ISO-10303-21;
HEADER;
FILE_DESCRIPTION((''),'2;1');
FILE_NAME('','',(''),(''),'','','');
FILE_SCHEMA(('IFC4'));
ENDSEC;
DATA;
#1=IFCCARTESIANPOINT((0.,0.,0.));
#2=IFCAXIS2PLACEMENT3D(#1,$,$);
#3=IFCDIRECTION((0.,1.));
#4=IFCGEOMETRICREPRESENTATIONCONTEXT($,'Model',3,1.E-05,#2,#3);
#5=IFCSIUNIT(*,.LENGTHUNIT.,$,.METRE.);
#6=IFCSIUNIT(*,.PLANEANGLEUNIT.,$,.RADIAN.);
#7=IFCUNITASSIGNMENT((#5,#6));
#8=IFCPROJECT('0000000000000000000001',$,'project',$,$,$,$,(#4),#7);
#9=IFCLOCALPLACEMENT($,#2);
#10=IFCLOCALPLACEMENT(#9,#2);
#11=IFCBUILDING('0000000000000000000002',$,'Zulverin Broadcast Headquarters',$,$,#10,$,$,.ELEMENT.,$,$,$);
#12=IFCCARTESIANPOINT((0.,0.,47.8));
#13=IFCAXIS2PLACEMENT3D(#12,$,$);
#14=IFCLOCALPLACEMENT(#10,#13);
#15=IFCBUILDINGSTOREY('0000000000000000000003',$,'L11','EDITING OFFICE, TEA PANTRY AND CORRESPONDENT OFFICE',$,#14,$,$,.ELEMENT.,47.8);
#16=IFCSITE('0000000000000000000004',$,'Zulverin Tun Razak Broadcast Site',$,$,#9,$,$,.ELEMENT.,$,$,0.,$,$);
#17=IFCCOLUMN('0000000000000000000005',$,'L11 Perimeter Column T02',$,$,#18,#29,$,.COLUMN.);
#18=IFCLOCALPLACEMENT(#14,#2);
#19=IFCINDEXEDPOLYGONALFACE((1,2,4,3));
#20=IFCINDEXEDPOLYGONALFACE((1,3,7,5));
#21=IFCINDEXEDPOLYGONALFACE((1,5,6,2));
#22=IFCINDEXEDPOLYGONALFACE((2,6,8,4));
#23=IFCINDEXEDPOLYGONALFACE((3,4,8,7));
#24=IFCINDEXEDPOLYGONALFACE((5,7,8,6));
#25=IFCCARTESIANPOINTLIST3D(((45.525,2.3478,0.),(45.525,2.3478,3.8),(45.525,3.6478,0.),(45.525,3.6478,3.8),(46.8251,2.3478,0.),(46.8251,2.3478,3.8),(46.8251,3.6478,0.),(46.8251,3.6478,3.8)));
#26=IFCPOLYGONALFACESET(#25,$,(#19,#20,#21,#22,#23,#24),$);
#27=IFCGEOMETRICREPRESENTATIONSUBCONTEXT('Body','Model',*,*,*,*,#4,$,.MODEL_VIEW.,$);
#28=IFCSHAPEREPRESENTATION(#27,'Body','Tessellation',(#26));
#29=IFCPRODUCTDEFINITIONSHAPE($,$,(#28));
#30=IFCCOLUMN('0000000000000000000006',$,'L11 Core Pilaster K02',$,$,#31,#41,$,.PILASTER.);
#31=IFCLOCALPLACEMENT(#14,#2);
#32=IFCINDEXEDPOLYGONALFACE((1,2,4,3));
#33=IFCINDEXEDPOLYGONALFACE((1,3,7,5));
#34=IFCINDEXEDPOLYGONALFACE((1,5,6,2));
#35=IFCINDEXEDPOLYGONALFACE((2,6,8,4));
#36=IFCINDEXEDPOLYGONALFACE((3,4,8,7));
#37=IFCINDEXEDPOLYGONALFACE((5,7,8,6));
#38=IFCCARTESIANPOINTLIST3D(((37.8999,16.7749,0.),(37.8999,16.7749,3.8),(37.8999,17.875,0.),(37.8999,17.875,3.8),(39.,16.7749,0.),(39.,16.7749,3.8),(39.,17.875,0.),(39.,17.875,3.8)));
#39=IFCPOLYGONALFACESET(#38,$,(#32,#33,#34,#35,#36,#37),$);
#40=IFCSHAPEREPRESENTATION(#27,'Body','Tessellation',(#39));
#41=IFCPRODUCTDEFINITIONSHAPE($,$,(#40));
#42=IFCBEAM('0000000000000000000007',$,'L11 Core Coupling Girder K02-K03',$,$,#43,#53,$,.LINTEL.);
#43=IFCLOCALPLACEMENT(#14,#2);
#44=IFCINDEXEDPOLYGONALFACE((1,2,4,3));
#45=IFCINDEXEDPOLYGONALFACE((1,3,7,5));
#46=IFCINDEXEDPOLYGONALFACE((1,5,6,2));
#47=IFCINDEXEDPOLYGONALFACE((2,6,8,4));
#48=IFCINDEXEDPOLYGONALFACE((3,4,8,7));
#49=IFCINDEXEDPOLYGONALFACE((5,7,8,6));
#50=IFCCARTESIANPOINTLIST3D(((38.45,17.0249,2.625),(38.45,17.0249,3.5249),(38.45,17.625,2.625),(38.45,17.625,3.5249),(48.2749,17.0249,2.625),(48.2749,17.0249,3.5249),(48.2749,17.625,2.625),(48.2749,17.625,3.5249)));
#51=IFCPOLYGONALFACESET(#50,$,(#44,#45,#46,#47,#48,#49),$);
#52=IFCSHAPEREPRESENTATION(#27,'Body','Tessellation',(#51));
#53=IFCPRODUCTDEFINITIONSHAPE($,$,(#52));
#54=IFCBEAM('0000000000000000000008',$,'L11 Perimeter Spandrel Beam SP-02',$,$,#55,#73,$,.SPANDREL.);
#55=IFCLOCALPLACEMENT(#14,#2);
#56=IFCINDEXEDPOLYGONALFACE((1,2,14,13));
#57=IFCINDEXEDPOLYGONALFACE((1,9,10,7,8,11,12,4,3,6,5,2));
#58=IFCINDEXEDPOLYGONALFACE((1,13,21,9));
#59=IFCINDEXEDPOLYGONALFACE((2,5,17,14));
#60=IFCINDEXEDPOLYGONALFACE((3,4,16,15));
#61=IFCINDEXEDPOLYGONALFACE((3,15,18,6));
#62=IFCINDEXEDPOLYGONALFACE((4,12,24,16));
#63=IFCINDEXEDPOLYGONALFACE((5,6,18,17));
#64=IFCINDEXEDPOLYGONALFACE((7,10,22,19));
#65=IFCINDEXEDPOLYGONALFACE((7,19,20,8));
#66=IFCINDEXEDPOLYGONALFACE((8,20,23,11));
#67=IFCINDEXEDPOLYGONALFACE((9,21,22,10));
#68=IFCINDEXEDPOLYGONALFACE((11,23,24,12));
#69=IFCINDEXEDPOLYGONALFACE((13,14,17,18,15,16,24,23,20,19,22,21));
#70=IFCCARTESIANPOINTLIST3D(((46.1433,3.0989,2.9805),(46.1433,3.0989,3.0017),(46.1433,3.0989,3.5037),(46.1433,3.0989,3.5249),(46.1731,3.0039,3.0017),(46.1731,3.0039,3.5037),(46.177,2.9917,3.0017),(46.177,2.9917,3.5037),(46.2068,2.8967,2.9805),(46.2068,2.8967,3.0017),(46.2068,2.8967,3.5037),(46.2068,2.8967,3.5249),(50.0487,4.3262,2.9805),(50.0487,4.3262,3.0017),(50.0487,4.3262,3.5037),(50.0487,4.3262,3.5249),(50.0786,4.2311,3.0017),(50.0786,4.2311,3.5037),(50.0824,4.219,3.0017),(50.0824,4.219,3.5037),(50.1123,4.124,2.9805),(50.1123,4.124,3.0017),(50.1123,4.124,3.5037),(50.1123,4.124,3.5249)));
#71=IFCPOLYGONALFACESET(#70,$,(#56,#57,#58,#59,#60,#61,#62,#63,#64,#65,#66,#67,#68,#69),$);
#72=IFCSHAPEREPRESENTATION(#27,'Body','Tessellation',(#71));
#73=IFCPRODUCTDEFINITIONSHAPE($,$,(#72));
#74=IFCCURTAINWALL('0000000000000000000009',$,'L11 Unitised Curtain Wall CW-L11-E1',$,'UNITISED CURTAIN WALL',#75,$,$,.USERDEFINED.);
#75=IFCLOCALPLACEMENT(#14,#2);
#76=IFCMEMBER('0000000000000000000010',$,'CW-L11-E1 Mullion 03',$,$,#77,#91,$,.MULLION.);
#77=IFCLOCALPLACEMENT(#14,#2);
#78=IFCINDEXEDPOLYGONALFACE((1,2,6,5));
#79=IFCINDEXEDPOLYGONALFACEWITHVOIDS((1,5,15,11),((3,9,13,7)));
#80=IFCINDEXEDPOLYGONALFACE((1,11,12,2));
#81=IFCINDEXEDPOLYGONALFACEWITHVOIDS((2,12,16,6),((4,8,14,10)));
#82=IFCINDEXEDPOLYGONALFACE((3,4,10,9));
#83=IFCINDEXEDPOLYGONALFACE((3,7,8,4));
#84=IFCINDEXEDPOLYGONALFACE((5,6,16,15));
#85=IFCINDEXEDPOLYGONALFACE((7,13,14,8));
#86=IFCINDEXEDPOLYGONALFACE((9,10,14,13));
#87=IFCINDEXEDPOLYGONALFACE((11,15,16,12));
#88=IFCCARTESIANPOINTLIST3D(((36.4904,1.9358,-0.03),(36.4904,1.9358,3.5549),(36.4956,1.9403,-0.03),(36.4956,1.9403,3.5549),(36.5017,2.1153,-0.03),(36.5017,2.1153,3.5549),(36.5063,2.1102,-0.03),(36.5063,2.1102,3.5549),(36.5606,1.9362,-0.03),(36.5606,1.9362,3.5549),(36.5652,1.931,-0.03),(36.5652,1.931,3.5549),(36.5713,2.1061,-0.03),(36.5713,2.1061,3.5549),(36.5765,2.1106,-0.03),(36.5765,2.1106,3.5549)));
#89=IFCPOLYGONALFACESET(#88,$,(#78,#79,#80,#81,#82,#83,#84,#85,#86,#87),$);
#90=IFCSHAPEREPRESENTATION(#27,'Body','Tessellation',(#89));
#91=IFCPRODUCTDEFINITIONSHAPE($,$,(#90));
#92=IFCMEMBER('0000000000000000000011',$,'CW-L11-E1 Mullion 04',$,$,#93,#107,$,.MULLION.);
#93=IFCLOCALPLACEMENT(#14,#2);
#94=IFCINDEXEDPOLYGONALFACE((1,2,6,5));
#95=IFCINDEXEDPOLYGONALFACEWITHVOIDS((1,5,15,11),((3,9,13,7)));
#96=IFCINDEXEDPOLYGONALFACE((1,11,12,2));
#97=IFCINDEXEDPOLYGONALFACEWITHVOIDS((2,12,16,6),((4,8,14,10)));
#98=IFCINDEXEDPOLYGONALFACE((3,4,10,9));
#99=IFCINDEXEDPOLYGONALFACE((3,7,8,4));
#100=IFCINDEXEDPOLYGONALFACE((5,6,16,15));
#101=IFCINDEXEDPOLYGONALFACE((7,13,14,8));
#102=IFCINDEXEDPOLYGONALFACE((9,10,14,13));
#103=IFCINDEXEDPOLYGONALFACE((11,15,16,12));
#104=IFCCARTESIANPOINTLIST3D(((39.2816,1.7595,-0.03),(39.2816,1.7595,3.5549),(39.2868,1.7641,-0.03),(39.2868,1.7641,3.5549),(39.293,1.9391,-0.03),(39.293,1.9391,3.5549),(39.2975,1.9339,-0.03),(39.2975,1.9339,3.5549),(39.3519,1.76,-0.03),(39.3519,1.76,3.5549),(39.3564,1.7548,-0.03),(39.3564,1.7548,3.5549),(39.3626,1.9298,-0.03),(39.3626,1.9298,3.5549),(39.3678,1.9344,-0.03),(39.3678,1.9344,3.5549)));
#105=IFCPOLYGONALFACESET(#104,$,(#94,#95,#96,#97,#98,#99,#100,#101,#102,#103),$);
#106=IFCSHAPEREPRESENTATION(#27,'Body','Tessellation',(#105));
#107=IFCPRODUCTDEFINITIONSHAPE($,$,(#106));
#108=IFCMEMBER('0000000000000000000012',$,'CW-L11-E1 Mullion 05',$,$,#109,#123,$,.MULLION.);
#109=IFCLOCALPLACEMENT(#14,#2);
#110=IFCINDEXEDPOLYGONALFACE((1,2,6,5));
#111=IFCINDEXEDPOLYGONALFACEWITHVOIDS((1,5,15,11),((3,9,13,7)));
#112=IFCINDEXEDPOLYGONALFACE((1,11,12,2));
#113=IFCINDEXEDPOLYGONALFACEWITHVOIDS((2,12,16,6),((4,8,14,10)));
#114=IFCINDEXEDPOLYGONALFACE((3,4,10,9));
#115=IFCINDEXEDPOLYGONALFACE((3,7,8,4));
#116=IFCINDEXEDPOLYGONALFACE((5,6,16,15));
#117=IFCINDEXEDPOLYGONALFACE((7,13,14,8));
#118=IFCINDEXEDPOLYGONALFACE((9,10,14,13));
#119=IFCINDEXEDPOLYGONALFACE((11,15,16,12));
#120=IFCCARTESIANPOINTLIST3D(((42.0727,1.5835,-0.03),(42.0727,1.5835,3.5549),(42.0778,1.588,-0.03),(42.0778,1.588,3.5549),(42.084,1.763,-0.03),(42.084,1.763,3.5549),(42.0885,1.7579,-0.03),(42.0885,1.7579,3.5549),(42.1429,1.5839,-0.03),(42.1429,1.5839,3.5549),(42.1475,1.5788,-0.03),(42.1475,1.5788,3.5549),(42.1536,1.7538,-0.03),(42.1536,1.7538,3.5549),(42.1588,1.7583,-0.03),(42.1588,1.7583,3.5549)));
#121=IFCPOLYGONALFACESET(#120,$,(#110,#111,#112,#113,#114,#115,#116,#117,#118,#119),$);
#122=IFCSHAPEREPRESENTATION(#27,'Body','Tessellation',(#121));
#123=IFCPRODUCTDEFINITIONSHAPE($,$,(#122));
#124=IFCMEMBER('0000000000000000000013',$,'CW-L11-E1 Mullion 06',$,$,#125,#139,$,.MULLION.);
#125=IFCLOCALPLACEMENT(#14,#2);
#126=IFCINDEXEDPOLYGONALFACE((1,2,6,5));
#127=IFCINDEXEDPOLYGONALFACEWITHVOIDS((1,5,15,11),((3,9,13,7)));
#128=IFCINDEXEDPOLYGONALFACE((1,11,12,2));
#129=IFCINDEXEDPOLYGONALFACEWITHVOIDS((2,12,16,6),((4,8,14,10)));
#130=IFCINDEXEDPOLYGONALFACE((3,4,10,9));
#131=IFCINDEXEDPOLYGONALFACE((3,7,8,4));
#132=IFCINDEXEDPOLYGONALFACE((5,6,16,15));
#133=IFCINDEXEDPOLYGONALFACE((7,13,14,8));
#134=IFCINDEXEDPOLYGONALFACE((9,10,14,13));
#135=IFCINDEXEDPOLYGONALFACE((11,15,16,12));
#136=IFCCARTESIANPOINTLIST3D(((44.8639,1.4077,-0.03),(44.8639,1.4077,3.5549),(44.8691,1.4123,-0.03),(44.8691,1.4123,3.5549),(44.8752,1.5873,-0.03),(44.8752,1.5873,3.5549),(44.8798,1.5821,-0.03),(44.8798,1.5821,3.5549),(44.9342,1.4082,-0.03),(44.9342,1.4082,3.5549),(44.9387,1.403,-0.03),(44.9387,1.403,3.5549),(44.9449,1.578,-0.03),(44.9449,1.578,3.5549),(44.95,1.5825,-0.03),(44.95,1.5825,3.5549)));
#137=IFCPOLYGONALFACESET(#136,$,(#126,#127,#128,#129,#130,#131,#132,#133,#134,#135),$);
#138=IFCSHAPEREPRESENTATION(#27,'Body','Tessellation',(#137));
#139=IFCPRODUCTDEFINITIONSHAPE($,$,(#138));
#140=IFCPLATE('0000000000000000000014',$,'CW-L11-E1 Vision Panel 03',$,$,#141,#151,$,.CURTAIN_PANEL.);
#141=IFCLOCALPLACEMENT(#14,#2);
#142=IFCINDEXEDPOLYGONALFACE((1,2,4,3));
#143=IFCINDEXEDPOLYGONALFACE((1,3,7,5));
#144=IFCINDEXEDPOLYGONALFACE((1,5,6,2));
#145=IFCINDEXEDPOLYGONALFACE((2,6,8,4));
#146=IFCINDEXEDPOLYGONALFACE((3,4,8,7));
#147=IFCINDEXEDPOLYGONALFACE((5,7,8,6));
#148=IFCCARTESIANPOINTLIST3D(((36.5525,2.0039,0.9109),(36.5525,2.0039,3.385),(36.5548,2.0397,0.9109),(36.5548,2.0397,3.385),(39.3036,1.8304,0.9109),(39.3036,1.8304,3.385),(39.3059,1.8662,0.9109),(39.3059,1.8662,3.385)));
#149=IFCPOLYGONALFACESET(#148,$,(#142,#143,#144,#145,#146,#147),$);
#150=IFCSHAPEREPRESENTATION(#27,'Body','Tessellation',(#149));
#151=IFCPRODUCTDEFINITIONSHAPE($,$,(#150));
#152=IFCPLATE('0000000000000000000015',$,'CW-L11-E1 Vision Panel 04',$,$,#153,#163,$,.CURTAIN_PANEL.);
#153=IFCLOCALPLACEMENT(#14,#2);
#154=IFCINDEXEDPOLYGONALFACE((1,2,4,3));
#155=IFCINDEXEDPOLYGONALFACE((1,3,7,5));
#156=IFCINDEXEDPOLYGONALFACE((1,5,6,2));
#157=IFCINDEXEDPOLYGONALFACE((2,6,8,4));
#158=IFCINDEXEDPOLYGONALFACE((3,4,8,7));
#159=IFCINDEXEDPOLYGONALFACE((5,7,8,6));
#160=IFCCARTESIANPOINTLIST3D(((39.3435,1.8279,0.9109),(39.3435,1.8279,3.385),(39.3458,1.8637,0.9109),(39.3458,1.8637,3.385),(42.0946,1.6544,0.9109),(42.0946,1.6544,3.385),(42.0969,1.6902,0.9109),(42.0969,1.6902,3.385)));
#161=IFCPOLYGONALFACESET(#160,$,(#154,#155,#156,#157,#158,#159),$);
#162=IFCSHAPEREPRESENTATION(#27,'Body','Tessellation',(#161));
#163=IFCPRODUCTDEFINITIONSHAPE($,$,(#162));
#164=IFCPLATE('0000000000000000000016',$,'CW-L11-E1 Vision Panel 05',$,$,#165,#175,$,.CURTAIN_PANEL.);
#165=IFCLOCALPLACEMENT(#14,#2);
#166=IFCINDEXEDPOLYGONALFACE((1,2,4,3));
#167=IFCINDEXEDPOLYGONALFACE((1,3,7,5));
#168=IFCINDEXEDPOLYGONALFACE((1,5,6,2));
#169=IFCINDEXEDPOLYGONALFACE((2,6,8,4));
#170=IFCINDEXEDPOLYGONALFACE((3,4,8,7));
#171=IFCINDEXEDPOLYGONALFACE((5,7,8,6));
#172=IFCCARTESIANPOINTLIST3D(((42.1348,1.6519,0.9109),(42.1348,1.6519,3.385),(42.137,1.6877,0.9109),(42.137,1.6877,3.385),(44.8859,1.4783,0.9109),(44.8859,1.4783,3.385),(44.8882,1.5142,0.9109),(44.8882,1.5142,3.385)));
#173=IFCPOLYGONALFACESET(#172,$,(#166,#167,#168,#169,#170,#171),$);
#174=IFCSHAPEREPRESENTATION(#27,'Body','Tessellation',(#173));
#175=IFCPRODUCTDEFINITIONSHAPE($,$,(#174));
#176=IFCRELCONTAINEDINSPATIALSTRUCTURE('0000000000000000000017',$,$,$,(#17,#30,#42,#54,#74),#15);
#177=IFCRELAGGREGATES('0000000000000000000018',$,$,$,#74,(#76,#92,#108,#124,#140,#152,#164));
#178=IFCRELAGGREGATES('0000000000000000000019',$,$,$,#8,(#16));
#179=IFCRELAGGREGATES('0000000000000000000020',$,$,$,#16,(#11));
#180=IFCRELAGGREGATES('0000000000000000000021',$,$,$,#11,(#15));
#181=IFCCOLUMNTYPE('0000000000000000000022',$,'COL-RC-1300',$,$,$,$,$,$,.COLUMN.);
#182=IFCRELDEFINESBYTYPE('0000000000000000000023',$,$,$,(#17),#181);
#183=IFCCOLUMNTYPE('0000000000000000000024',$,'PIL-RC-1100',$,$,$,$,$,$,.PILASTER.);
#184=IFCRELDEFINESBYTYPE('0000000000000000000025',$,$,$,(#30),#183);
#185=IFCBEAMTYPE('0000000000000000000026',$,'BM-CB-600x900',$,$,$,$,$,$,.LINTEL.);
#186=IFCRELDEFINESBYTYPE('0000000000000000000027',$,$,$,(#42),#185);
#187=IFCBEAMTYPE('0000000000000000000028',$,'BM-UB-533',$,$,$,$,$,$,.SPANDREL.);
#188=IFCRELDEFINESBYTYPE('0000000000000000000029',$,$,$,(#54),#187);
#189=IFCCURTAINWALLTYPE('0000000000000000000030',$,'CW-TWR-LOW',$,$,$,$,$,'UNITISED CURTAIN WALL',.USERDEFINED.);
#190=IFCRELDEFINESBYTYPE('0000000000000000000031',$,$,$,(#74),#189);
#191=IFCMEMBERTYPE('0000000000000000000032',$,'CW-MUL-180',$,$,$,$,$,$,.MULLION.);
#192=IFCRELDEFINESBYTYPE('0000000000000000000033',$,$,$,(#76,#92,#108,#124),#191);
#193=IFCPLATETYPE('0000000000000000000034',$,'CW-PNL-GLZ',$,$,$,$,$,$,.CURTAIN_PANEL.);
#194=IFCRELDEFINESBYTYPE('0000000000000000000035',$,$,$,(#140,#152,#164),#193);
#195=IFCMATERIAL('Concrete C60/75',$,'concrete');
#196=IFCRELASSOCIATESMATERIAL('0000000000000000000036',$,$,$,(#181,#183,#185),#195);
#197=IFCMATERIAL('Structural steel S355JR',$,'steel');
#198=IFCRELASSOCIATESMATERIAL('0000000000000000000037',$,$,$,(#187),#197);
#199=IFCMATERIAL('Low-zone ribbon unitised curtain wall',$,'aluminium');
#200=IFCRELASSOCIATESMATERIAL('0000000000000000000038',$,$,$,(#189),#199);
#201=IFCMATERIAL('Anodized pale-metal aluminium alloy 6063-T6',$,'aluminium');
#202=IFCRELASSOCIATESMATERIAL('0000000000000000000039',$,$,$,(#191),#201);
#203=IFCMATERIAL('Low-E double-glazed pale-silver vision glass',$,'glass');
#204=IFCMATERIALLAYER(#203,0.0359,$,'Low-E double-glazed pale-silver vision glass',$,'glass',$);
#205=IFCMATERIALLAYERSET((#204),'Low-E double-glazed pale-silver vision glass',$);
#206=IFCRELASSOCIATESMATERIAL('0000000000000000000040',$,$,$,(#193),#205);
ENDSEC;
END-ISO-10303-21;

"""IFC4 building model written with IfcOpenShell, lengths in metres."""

from ifc_helpers import new_model, si_unit, direction, frame, origin, origin_2d, place, context, subcontext, project, spatial, rectangle, hollow_rectangle, i_section, extrude, material, layer, layer_set, material_profile, profile_set, type_object, element, aggregate, save


model = new_model("IFC4")

# Units and contexts
model_context = context("Model", 3, precision=1e-05, world=origin(), true_north=direction((0.0, 1.0)))
body_context = subcontext(model_context, "Body", "Model", "MODEL_VIEW")
ifc_project = project(units=[si_unit("LENGTHUNIT", "METRE"), si_unit("PLANEANGLEUNIT", "RADIAN")], contexts=[model_context])

# Site, building, storey
site_placement = place(None, origin())
site = spatial("IfcSite", under=ifc_project, at=site_placement, Name="Zulverin Tun Razak Broadcast Site", CompositionType="ELEMENT", RefElevation=0.0)
building_placement = place(site_placement, origin())
building = spatial("IfcBuilding", under=site, at=building_placement, Name="Zulverin Broadcast Headquarters", CompositionType="ELEMENT")
storey_placement = place(building_placement, frame((0.0, 0.0, 47.8)))
storey = spatial("IfcBuildingStorey", under=building, at=storey_placement, Name="L11", Description="EDITING OFFICE, TEA PANTRY AND CORRESPONDENT OFFICE", CompositionType="ELEMENT", Elevation=47.8)

# Columns
ifc_material_1 = material(Name="Concrete C60/75", Category="concrete")
ifc_material_profile_1 = material_profile(ifc_material_1, rectangle(XDim=1.3, YDim=1.3, at=origin_2d()), Name="Concrete C60/75", Category="concrete")
ifc_profile_set_1 = profile_set([ifc_material_profile_1], Name="Concrete C60/75")
column_type_1 = type_object("IfcColumnType", Name="COL-RC-1300", PredefinedType="COLUMN", material=ifc_profile_set_1)
column_1_placement = place(storey_placement, frame((46.175, 2.9978, 0.0), z_axis=(0.0, 0.0, 1.0), x_axis=(1.0, 0.0, 0.0)))
element("IfcColumn", 1, at=column_1_placement, inside=storey, type_object=column_type_1, Name="L11 Perimeter Column T02", PredefinedType="COLUMN", context=body_context, shape_type="SweptSolid", body=[
    extrude(rectangle(XDim=1.3, YDim=1.3, at=origin_2d()), origin(), (0.0, 0.0, 1.0), 3.8),
])
ifc_material_profile_2 = material_profile(ifc_material_1, rectangle(XDim=1.1001, YDim=1.1001, at=origin_2d()), Name="Concrete C60/75", Category="concrete")
ifc_profile_set_2 = profile_set([ifc_material_profile_2], Name="Concrete C60/75")
column_type_2 = type_object("IfcColumnType", Name="PIL-RC-1100", PredefinedType="PILASTER", material=ifc_profile_set_2)
column_2_placement = place(storey_placement, frame((38.45, 17.325, 0.0), z_axis=(0.0, 0.0, 1.0), x_axis=(1.0, 0.0, 0.0)))
element("IfcColumn", 2, at=column_2_placement, inside=storey, type_object=column_type_2, Name="L11 Core Pilaster K02", PredefinedType="PILASTER", context=body_context, shape_type="SweptSolid", body=[
    extrude(rectangle(XDim=1.1001, YDim=1.1001, at=origin_2d()), origin(), (0.0, 0.0, 1.0), 3.8),
])

# Beams
ifc_material_profile_3 = material_profile(ifc_material_1, rectangle(XDim=0.6001, YDim=0.8999, at=origin_2d()), Name="Concrete C60/75", Category="concrete")
ifc_profile_set_3 = profile_set([ifc_material_profile_3], Name="Concrete C60/75")
beam_type_1 = type_object("IfcBeamType", Name="BM-CB-600x900", PredefinedType="LINTEL", material=ifc_profile_set_3)
beam_1_placement = place(storey_placement, frame((38.45, 17.325, 3.075), z_axis=(1.0, 0.0, 0.0), x_axis=(0.0, 1.0, 0.0)))
element("IfcBeam", 3, at=beam_1_placement, inside=storey, type_object=beam_type_1, Name="L11 Core Coupling Girder K02-K03", PredefinedType="LINTEL", context=body_context, shape_type="SweptSolid", body=[
    extrude(rectangle(XDim=0.6001, YDim=0.8999, at=origin_2d()), origin(), (0.0, 0.0, 1.0), 9.825),
])
ifc_material_2 = material(Name="Structural steel S355JR", Category="steel")
ifc_material_profile_4 = material_profile(ifc_material_2, i_section(OverallWidth=0.2119, OverallDepth=0.5444, WebThickness=0.0127, FlangeThickness=0.0212, at=origin_2d()), Name="Structural steel S355JR", Category="steel")
ifc_profile_set_4 = profile_set([ifc_material_profile_4], Name="Structural steel S355JR")
beam_type_2 = type_object("IfcBeamType", Name="BM-UB-533", PredefinedType="SPANDREL", material=ifc_profile_set_4)
beam_2_placement = place(storey_placement, frame((46.175, 2.9978, 3.2527), z_axis=(0.954004, 0.299792, 0.0), x_axis=(-0.299792, 0.954004, 0.0)))
element("IfcBeam", 4, at=beam_2_placement, inside=storey, type_object=beam_type_2, Name="L11 Perimeter Spandrel Beam SP-02", PredefinedType="SPANDREL", context=body_context, shape_type="SweptSolid", body=[
    extrude(i_section(OverallWidth=0.2119, OverallDepth=0.5444, WebThickness=0.0127, FlangeThickness=0.0212, at=origin_2d()), origin(), (0.0, 0.0, 1.0), 4.0938),
])

# Curtain wall, members, plates
ifc_material_3 = material(Name="Low-zone ribbon unitised curtain wall", Category="aluminium")
curtain_wall_type = type_object("IfcCurtainWallType", Name="CW-TWR-LOW", ElementType="UNITISED CURTAIN WALL", PredefinedType="USERDEFINED", material=ifc_material_3)
curtain_wall_placement = place(storey_placement, origin())
curtain_wall = element("IfcCurtainWall", 5, at=curtain_wall_placement, inside=storey, type_object=curtain_wall_type, Name="L11 Unitised Curtain Wall CW-L11-E1", ObjectType="UNITISED CURTAIN WALL", PredefinedType="USERDEFINED")
ifc_material_4 = material(Name="Anodized pale-metal aluminium alloy 6063-T6", Category="aluminium")
ifc_material_profile_5 = material_profile(ifc_material_4, hollow_rectangle(XDim=0.075, YDim=0.1799, WallThickness=0.0049, at=origin_2d()), Name="Anodized pale-metal aluminium alloy 6063-T6", Category="aluminium")
ifc_profile_set_5 = profile_set([ifc_material_profile_5], Name="Anodized pale-metal aluminium alloy 6063-T6")
member_type = type_object("IfcMemberType", Name="CW-MUL-180", PredefinedType="MULLION", material=ifc_profile_set_5)
member_1_placement = place(storey_placement, frame((36.5334, 2.0232, -0.03), z_axis=(0.0, 0.0, 1.0), x_axis=(0.998017, -0.062942, 0.0)))
member_1 = element("IfcMember", 6, at=member_1_placement, type_object=member_type, Name="CW-L11-E1 Mullion 03", PredefinedType="MULLION", context=body_context, shape_type="SweptSolid", body=[
    extrude(hollow_rectangle(XDim=0.075, YDim=0.1799, WallThickness=0.0049, at=origin_2d()), origin(), (0.0, 0.0, 1.0), 3.585),
])
member_2_placement = place(storey_placement, frame((39.3247, 1.8469, -0.03), z_axis=(0.0, 0.0, 1.0), x_axis=(0.998017, -0.062942, 0.0)))
member_2 = element("IfcMember", 7, at=member_2_placement, type_object=member_type, Name="CW-L11-E1 Mullion 04", PredefinedType="MULLION", context=body_context, shape_type="SweptSolid", body=[
    extrude(hollow_rectangle(XDim=0.075, YDim=0.1799, WallThickness=0.0049, at=origin_2d()), origin(), (0.0, 0.0, 1.0), 3.585),
])
member_3_placement = place(storey_placement, frame((42.1157, 1.6709, -0.03), z_axis=(0.0, 0.0, 1.0), x_axis=(0.998017, -0.062942, 0.0)))
member_3 = element("IfcMember", 8, at=member_3_placement, type_object=member_type, Name="CW-L11-E1 Mullion 05", PredefinedType="MULLION", context=body_context, shape_type="SweptSolid", body=[
    extrude(hollow_rectangle(XDim=0.075, YDim=0.1799, WallThickness=0.0049, at=origin_2d()), origin(), (0.0, 0.0, 1.0), 3.585),
])
member_4_placement = place(storey_placement, frame((44.907, 1.4951, -0.03), z_axis=(0.0, 0.0, 1.0), x_axis=(0.998017, -0.062942, 0.0)))
member_4 = element("IfcMember", 9, at=member_4_placement, type_object=member_type, Name="CW-L11-E1 Mullion 06", PredefinedType="MULLION", context=body_context, shape_type="SweptSolid", body=[
    extrude(hollow_rectangle(XDim=0.075, YDim=0.1799, WallThickness=0.0049, at=origin_2d()), origin(), (0.0, 0.0, 1.0), 3.585),
])
ifc_material_5 = material(Name="Low-E double-glazed pale-silver vision glass", Category="glass")
ifc_layer_1 = layer(ifc_material_5, 0.0359, Name="Low-E double-glazed pale-silver vision glass", Category="glass")
ifc_layer_set_1 = layer_set([ifc_layer_1], Name="Low-E double-glazed pale-silver vision glass")
plate_type_1 = type_object("IfcPlateType", Name="CW-PNL-GLZ", PredefinedType="CURTAIN_PANEL", material=ifc_layer_set_1)
plate_1_placement = place(storey_placement, frame((37.9292, 1.9351, 0.9109), z_axis=(0.0, 0.0, 1.0), x_axis=(0.998017, -0.062942, 0.0)))
plate_1 = element("IfcPlate", 10, at=plate_1_placement, type_object=plate_type_1, Name="CW-L11-E1 Vision Panel 03", PredefinedType="CURTAIN_PANEL", context=body_context, shape_type="SweptSolid", body=[
    extrude(rectangle(XDim=2.7566, YDim=0.0359, at=origin_2d()), origin(), (0.0, 0.0, 1.0), 2.4741),
])
plate_2_placement = place(storey_placement, frame((40.7202, 1.759, 0.9109), z_axis=(0.0, 0.0, 1.0), x_axis=(0.998017, -0.062942, 0.0)))
plate_2 = element("IfcPlate", 11, at=plate_2_placement, type_object=plate_type_1, Name="CW-L11-E1 Vision Panel 04", PredefinedType="CURTAIN_PANEL", context=body_context, shape_type="SweptSolid", body=[
    extrude(rectangle(XDim=2.7566, YDim=0.0359, at=origin_2d()), origin(), (0.0, 0.0, 1.0), 2.4741),
])
plate_3_placement = place(storey_placement, frame((43.5115, 1.583, 0.9109), z_axis=(0.0, 0.0, 1.0), x_axis=(0.998017, -0.062942, 0.0)))
plate_3 = element("IfcPlate", 12, at=plate_3_placement, type_object=plate_type_1, Name="CW-L11-E1 Vision Panel 05", PredefinedType="CURTAIN_PANEL", context=body_context, shape_type="SweptSolid", body=[
    extrude(rectangle(XDim=2.7566, YDim=0.0359, at=origin_2d()), origin(), (0.0, 0.0, 1.0), 2.4741),
])
aggregate(curtain_wall, [member_1, member_2, member_3, member_4, plate_1, plate_2, plate_3])

save(model, "model.ifc")
